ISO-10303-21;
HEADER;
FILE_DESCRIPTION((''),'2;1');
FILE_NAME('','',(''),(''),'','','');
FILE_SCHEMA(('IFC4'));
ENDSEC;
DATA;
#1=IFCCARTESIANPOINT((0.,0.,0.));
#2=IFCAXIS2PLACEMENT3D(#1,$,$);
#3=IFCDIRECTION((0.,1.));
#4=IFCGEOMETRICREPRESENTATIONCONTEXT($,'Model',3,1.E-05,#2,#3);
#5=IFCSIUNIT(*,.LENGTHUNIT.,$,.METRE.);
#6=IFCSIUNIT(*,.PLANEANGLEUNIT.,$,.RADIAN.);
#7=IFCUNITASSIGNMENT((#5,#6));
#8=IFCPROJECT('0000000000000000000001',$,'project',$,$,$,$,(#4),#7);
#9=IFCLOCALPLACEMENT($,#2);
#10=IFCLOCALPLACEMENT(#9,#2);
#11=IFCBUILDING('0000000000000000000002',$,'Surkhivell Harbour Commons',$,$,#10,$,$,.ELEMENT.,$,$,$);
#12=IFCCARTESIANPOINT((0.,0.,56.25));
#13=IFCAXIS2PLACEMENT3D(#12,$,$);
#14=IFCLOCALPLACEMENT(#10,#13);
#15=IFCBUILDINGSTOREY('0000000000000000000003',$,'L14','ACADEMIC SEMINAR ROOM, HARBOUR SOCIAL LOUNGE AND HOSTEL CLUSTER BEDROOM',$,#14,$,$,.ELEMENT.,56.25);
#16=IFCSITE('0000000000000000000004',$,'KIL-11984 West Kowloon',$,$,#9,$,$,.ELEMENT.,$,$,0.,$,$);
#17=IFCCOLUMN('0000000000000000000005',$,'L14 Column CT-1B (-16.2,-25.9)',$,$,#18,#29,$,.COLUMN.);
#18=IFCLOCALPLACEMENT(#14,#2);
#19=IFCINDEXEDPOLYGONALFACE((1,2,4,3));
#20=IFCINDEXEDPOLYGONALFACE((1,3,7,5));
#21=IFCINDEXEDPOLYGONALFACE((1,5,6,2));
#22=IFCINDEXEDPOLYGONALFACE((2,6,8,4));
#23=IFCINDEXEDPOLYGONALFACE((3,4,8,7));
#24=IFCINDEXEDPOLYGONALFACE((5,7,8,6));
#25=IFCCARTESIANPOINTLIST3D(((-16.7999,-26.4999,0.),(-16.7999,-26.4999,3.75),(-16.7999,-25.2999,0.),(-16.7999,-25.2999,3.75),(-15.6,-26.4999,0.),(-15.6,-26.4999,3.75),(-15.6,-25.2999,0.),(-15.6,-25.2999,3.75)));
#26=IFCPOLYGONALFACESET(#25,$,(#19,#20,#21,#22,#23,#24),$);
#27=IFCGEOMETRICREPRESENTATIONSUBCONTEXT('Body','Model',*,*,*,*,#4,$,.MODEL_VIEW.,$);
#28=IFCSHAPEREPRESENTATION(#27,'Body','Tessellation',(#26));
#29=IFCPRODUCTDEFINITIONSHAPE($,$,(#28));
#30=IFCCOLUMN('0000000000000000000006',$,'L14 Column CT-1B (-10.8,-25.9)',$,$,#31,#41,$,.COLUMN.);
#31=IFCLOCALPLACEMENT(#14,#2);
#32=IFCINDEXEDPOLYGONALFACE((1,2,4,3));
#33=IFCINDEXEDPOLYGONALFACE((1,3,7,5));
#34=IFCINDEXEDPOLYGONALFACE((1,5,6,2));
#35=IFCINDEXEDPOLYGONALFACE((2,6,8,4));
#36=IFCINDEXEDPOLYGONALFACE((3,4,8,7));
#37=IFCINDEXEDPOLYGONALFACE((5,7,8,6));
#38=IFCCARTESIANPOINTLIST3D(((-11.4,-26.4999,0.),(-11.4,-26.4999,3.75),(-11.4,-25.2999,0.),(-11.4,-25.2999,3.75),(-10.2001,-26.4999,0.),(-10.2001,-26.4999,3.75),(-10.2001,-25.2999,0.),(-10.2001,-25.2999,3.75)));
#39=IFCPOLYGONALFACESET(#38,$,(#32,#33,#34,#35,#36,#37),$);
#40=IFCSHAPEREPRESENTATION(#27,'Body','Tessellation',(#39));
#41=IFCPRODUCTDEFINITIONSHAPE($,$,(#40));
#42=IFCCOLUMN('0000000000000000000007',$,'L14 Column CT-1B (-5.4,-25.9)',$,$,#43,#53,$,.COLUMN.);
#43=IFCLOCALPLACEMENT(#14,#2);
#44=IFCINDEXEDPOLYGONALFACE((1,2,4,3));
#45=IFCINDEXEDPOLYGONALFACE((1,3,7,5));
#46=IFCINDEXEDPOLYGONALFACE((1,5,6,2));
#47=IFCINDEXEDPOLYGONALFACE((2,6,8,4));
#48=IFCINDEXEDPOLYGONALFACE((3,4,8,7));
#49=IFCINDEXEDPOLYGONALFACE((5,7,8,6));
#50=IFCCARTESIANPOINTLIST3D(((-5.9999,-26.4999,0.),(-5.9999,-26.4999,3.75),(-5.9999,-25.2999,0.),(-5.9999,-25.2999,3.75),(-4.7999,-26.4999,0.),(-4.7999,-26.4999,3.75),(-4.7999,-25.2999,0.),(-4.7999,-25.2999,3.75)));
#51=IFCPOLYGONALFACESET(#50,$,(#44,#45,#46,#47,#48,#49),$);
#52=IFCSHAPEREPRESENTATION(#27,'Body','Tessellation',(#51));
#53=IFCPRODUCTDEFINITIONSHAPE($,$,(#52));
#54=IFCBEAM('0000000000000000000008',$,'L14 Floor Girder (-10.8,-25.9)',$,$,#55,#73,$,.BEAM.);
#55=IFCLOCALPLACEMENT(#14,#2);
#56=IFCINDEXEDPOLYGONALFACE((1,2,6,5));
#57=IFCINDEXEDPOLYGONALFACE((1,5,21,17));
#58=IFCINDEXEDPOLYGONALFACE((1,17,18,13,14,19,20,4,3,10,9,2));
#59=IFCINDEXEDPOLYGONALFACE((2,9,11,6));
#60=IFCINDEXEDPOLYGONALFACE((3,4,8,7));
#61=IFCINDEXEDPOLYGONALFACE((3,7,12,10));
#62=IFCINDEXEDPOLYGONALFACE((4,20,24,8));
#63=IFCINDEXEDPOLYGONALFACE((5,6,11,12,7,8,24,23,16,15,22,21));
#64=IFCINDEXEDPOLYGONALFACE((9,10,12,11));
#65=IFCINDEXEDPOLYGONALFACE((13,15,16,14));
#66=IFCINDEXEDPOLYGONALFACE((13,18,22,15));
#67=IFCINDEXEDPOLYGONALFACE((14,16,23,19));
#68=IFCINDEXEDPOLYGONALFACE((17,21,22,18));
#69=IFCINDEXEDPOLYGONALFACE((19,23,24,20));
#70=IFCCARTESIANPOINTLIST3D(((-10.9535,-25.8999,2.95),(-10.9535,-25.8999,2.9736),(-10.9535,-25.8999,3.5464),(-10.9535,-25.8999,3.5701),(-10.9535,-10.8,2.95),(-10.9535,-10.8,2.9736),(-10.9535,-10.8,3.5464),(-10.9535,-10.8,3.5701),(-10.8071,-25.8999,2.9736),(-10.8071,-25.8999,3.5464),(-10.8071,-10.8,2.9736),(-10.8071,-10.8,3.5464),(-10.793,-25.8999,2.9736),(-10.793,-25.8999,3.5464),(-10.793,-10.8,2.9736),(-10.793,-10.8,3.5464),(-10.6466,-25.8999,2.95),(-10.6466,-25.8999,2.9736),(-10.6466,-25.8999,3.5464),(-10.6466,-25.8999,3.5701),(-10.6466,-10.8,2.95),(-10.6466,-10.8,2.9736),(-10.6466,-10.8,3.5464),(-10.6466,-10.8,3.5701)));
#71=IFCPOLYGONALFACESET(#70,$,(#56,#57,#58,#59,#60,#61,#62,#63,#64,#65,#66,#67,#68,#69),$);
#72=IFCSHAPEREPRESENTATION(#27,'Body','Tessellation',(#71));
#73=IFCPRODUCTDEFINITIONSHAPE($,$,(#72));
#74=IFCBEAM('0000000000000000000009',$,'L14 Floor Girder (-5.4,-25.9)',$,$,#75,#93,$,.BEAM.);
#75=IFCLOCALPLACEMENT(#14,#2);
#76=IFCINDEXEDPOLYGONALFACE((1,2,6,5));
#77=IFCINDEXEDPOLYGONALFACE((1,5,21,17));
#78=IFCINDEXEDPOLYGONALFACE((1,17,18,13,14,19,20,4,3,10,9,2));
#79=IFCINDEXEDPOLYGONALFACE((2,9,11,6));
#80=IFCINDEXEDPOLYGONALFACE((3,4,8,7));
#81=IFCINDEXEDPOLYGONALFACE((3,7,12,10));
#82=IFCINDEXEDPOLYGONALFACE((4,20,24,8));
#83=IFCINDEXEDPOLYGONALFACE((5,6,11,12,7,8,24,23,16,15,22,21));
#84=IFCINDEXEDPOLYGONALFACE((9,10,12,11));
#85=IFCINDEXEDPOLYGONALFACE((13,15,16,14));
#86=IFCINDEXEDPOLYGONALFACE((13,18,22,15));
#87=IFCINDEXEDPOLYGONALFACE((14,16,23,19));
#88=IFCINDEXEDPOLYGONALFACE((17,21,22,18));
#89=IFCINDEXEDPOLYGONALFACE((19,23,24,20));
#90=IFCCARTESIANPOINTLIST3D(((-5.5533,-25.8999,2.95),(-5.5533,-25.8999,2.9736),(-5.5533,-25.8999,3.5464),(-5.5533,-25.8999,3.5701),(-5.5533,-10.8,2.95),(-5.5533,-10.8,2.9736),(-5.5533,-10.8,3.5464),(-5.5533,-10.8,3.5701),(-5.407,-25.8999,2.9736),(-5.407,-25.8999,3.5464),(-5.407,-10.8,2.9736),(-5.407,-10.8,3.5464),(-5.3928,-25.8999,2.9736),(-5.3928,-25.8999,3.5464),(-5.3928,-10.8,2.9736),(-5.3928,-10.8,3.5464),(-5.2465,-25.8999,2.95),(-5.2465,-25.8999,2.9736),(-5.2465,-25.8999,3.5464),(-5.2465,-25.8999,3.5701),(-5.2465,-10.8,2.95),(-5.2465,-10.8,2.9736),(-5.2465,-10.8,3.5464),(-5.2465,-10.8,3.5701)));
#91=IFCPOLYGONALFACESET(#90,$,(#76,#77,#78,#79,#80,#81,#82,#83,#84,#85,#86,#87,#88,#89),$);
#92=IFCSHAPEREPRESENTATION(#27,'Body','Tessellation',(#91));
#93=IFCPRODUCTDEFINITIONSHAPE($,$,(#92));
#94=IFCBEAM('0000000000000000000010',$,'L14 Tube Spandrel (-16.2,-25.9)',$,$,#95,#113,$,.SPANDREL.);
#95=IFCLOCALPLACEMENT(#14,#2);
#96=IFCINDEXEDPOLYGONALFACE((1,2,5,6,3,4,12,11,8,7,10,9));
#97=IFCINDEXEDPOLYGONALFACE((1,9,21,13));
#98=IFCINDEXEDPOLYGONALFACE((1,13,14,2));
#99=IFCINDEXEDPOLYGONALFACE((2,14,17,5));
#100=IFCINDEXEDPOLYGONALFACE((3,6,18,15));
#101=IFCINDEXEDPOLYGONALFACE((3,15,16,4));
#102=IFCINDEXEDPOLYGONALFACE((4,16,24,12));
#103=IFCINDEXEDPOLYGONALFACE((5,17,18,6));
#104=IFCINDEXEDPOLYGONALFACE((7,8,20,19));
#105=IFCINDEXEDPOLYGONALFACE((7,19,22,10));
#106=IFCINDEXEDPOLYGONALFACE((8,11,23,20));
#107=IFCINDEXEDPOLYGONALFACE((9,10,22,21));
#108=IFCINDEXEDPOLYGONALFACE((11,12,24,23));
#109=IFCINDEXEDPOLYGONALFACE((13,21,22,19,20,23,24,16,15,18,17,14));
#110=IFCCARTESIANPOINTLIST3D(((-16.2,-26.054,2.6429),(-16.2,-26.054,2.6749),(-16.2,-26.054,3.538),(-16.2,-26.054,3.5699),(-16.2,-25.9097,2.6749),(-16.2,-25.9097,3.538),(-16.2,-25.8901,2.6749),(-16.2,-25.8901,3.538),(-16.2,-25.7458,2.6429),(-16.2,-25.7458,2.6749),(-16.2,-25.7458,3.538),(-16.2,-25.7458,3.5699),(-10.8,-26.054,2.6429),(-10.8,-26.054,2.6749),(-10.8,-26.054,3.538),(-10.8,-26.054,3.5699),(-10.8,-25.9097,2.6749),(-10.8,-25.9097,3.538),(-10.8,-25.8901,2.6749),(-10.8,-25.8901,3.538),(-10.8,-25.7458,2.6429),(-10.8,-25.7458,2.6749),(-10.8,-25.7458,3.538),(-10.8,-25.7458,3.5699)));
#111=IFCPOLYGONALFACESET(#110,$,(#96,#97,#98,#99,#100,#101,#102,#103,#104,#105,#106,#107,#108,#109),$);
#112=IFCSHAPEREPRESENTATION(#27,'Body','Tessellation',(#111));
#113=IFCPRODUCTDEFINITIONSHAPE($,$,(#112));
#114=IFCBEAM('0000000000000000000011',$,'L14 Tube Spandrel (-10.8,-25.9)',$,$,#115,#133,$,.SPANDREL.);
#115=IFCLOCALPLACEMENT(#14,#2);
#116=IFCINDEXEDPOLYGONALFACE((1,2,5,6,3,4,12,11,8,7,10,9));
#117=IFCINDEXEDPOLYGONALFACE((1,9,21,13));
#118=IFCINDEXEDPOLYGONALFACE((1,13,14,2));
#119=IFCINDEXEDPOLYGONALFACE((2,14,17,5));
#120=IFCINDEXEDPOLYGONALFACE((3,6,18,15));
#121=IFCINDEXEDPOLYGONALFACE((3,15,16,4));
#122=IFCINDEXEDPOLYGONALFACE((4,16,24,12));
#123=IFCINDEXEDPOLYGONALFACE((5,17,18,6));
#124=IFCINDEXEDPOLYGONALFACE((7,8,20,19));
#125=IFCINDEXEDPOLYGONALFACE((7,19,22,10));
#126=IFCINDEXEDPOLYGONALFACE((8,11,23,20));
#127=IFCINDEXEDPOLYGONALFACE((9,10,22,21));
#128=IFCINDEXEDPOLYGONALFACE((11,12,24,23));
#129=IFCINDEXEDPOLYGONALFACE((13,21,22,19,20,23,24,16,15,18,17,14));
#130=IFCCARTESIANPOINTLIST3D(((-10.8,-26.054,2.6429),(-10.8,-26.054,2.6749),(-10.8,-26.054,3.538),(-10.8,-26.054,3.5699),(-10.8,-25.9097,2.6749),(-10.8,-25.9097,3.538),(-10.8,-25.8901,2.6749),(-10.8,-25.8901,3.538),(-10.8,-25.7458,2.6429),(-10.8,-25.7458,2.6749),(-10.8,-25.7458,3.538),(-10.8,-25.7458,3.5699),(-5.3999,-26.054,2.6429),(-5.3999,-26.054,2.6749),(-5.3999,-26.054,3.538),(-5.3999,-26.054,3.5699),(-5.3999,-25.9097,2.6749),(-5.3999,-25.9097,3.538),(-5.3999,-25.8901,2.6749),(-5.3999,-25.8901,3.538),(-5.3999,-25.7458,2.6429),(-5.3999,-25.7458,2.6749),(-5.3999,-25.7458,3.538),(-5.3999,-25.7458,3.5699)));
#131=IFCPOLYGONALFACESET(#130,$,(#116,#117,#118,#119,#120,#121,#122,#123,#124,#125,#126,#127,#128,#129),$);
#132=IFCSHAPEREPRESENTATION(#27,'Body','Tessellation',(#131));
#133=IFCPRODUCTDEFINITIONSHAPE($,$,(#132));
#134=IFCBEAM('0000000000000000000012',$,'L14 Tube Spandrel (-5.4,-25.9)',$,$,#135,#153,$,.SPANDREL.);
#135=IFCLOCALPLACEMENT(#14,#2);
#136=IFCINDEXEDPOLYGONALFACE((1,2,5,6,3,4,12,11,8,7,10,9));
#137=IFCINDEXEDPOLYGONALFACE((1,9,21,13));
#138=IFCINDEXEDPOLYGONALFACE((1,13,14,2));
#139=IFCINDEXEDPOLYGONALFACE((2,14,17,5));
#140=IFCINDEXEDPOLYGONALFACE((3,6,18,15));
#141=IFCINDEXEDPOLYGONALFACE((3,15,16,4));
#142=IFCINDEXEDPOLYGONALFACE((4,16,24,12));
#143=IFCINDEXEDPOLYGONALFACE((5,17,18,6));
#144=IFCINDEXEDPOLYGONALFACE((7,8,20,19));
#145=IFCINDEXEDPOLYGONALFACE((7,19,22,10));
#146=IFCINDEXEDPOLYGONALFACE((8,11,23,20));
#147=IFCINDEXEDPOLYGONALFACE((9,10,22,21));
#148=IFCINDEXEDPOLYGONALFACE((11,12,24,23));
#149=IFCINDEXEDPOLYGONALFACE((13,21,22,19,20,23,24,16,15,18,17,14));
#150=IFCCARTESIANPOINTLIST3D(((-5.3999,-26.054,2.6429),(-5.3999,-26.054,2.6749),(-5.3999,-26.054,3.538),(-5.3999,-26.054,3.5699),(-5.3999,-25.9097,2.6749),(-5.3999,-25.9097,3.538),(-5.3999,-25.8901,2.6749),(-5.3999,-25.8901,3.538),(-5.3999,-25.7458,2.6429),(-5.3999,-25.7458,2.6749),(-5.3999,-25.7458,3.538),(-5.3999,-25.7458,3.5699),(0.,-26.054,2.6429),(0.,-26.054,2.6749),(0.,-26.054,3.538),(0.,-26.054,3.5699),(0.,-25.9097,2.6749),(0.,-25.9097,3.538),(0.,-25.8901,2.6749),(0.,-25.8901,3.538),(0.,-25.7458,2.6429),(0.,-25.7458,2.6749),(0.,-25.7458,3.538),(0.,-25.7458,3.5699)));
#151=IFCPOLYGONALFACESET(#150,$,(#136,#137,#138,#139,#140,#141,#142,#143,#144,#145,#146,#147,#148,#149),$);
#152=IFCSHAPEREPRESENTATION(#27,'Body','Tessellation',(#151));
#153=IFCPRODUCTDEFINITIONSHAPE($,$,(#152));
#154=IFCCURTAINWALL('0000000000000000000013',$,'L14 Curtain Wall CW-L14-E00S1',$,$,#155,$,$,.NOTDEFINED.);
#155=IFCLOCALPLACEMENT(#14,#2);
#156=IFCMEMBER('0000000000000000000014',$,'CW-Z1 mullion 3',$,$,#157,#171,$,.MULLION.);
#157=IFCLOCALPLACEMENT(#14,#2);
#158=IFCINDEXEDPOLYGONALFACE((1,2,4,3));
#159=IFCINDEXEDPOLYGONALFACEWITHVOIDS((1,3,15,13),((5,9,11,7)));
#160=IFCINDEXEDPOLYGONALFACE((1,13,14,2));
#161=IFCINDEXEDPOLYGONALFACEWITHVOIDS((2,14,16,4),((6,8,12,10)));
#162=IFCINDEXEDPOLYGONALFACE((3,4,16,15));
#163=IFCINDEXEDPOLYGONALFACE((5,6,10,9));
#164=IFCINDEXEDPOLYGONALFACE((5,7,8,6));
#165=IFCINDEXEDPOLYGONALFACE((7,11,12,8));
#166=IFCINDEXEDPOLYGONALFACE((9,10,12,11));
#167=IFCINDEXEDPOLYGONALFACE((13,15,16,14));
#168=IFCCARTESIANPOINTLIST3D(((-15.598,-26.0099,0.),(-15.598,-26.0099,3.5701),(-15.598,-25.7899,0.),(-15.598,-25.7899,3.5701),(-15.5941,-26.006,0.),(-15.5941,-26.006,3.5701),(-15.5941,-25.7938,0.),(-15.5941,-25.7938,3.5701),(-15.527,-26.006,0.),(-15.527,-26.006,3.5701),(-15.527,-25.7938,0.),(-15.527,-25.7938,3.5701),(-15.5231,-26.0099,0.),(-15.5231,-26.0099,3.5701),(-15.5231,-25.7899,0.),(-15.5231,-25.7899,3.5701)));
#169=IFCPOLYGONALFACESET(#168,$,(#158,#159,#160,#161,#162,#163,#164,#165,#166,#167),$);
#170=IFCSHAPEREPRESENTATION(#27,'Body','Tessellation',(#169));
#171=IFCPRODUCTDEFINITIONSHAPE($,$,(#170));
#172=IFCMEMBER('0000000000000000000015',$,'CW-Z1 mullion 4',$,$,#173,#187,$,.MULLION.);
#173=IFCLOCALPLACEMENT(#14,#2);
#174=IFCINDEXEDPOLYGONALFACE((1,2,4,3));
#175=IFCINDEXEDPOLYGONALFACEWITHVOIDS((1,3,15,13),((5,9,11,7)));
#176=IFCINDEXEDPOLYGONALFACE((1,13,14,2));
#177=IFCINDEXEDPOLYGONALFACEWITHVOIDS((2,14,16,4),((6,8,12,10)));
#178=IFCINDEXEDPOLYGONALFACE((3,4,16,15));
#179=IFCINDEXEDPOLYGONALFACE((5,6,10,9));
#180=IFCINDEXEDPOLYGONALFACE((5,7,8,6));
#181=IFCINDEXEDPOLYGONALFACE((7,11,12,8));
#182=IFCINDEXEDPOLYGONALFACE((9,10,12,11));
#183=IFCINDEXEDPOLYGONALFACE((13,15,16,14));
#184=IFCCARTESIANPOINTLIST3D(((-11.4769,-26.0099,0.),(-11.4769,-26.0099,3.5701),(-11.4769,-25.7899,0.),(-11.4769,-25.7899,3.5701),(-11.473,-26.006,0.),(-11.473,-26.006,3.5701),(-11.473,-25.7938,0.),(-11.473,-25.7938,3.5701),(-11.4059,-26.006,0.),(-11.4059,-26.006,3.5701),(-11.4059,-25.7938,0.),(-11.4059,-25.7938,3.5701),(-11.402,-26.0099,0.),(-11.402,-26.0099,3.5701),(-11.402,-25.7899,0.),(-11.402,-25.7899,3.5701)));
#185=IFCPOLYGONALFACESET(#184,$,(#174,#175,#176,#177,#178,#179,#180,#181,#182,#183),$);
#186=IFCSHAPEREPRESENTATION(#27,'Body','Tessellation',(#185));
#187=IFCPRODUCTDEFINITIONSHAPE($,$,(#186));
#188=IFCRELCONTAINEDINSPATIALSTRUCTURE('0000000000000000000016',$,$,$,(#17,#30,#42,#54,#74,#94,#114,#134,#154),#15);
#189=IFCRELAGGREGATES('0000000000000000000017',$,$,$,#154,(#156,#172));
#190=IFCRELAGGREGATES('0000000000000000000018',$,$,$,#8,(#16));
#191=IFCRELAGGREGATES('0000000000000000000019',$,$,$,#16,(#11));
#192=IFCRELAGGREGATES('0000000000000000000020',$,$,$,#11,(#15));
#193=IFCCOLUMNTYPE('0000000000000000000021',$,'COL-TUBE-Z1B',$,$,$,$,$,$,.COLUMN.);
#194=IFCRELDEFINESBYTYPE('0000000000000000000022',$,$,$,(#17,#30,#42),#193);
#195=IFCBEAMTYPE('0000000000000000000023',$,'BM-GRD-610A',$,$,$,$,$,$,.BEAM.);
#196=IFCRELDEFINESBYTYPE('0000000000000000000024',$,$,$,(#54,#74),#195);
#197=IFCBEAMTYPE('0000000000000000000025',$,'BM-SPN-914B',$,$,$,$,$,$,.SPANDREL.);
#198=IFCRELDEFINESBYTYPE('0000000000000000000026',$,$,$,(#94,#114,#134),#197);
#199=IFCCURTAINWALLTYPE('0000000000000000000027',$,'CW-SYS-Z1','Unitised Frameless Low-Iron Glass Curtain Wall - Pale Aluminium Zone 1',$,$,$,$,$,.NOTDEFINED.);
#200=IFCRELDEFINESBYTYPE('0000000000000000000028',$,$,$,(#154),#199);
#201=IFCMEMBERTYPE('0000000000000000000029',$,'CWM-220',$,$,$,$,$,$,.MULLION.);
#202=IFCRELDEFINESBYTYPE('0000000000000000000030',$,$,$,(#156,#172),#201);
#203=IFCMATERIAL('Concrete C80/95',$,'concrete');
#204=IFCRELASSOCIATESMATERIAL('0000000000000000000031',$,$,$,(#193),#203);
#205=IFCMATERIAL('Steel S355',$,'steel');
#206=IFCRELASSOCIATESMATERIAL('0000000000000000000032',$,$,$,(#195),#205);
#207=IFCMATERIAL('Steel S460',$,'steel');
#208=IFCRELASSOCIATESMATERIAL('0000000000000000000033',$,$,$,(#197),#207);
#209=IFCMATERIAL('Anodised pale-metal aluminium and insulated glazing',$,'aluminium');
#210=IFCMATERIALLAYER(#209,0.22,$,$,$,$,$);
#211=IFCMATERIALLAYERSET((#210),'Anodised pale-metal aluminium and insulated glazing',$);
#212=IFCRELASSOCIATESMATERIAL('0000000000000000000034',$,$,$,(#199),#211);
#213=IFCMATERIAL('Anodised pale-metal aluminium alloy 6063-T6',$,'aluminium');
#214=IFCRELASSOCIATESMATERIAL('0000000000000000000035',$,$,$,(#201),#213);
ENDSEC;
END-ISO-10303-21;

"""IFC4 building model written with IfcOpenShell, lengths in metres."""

from ifc_helpers import new_model, si_unit, direction, frame, origin, origin_2d, place, context, subcontext, project, spatial, rectangle, hollow_rectangle, i_section, extrude, material, layer, layer_set, material_profile, profile_set, type_object, element, aggregate, save


model = new_model("IFC4")

# Units and contexts
model_context = context("Model", 3, precision=1e-05, world=origin(), true_north=direction((0.0, 1.0)))
body_context = subcontext(model_context, "Body", "Model", "MODEL_VIEW")
ifc_project = project(units=[si_unit("LENGTHUNIT", "METRE"), si_unit("PLANEANGLEUNIT", "RADIAN")], contexts=[model_context])

# Site, building, storey
site_placement = place(None, origin())
site = spatial("IfcSite", under=ifc_project, at=site_placement, Name="KIL-11984 West Kowloon", CompositionType="ELEMENT", RefElevation=0.0)
building_placement = place(site_placement, origin())
building = spatial("IfcBuilding", under=site, at=building_placement, Name="Surkhivell Harbour Commons", CompositionType="ELEMENT")
storey_placement = place(building_placement, frame((0.0, 0.0, 56.25)))
storey = spatial("IfcBuildingStorey", under=building, at=storey_placement, Name="L14", Description="ACADEMIC SEMINAR ROOM, HARBOUR SOCIAL LOUNGE AND HOSTEL CLUSTER BEDROOM", CompositionType="ELEMENT", Elevation=56.25)

# Columns
ifc_material_1 = material(Name="Concrete C80/95", Category="concrete")
ifc_material_profile_1 = material_profile(ifc_material_1, rectangle(XDim=1.2, YDim=1.2, at=origin_2d()), Name="RC-COL-1200x1200")
ifc_profile_set_1 = profile_set([ifc_material_profile_1], Name="Concrete C80/95")
column_type = type_object("IfcColumnType", Name="COL-TUBE-Z1B", PredefinedType="COLUMN", material=ifc_profile_set_1)
for number, where, z_axis, x_axis, name in (
    (1, (-16.2, -25.8999, 0.0), (0.0, 0.0, 1.0), (1.0, 0.0, 0.0), "L14 Column CT-1B (-16.2,-25.9)"),
    (2, (-10.8, -25.8999, 0.0), (0.0, 0.0, 1.0), (1.0, 0.0, 0.0), "L14 Column CT-1B (-10.8,-25.9)"),
    (3, (-5.3999, -25.8999, 0.0), (0.0, 0.0, 1.0), (1.0, 0.0, 0.0), "L14 Column CT-1B (-5.4,-25.9)"),
):
    element("IfcColumn", number, at=place(storey_placement, frame(where, z_axis=z_axis, x_axis=x_axis)), inside=storey, type_object=column_type, Name=name, PredefinedType="COLUMN", context=body_context, shape_type="SweptSolid", body=[
        extrude(rectangle(XDim=1.2, YDim=1.2, at=origin_2d()), origin(), (0.0, 0.0, 1.0), 3.75),
    ])

# Beams
ifc_material_2 = material(Name="Steel S355", Category="steel")
ifc_material_profile_2 = material_profile(ifc_material_2, i_section(OverallWidth=0.3069, OverallDepth=0.6201, WebThickness=0.0142, FlangeThickness=0.0237, at=origin_2d()), Name="UB610x305x179")
ifc_profile_set_2 = profile_set([ifc_material_profile_2], Name="Steel S355")
beam_type_1 = type_object("IfcBeamType", Name="BM-GRD-610A", PredefinedType="BEAM", material=ifc_profile_set_2)
for number, where, z_axis, x_axis, name in (
    (4, (-10.8, -25.8999, 3.26), (0.0, 1.0, 0.0), (-1.0, 0.0, 0.0), "L14 Floor Girder (-10.8,-25.9)"),
    (5, (-5.3999, -25.8999, 3.26), (0.0, 1.0, 0.0), (-1.0, 0.0, 0.0), "L14 Floor Girder (-5.4,-25.9)"),
):
    element("IfcBeam", number, at=place(storey_placement, frame(where, z_axis=z_axis, x_axis=x_axis)), inside=storey, type_object=beam_type_1, Name=name, PredefinedType="BEAM", context=body_context, shape_type="SweptSolid", body=[
        extrude(i_section(OverallWidth=0.3069, OverallDepth=0.6201, WebThickness=0.0142, FlangeThickness=0.0237, at=origin_2d()), origin(), (0.0, 0.0, 1.0), 15.0999),
    ])
ifc_material_3 = material(Name="Steel S460", Category="steel")
ifc_material_profile_3 = material_profile(ifc_material_3, i_section(OverallWidth=0.3081, OverallDepth=0.927, WebThickness=0.0195, FlangeThickness=0.032, at=origin_2d()), Name="UB914x305x289")
ifc_profile_set_3 = profile_set([ifc_material_profile_3], Name="Steel S460")
beam_type_2 = type_object("IfcBeamType", Name="BM-SPN-914B", PredefinedType="SPANDREL", material=ifc_profile_set_3)
beam_1_placement = place(storey_placement, frame((-16.2, -25.8999, 3.1064), z_axis=(1.0, 0.0, 0.0), x_axis=(0.0, 1.0, 0.0)))
element("IfcBeam", 6, at=beam_1_placement, inside=storey, type_object=beam_type_2, Name="L14 Tube Spandrel (-16.2,-25.9)", PredefinedType="SPANDREL", context=body_context, shape_type="SweptSolid", body=[
    extrude(i_section(OverallWidth=0.3081, OverallDepth=0.927, WebThickness=0.0195, FlangeThickness=0.032, at=origin_2d()), origin(), (0.0, 0.0, 1.0), 5.3999),
])
beam_2_placement = place(storey_placement, frame((-10.8, -25.8999, 3.1064), z_axis=(1.0, 0.0, 0.0), x_axis=(0.0, 1.0, 0.0)))
element("IfcBeam", 7, at=beam_2_placement, inside=storey, type_object=beam_type_2, Name="L14 Tube Spandrel (-10.8,-25.9)", PredefinedType="SPANDREL", context=body_context, shape_type="SweptSolid", body=[
    extrude(i_section(OverallWidth=0.3081, OverallDepth=0.927, WebThickness=0.0195, FlangeThickness=0.032, at=origin_2d()), origin(), (0.0, 0.0, 1.0), 5.4001),
])
beam_3_placement = place(storey_placement, frame((-5.3999, -25.8999, 3.1064), z_axis=(1.0, 0.0, 0.0), x_axis=(0.0, 1.0, 0.0)))
element("IfcBeam", 8, at=beam_3_placement, inside=storey, type_object=beam_type_2, Name="L14 Tube Spandrel (-5.4,-25.9)", PredefinedType="SPANDREL", context=body_context, shape_type="SweptSolid", body=[
    extrude(i_section(OverallWidth=0.3081, OverallDepth=0.927, WebThickness=0.0195, FlangeThickness=0.032, at=origin_2d()), origin(), (0.0, 0.0, 1.0), 5.3999),
])

# Curtain wall, members
ifc_material_4 = material(Name="Anodised pale-metal aluminium and insulated glazing", Category="aluminium")
ifc_layer_1 = layer(ifc_material_4, 0.22)
ifc_layer_set_1 = layer_set([ifc_layer_1], Name="Anodised pale-metal aluminium and insulated glazing")
curtain_wall_type = type_object("IfcCurtainWallType", Name="CW-SYS-Z1", Description="Unitised Frameless Low-Iron Glass Curtain Wall - Pale Aluminium Zone 1", PredefinedType="NOTDEFINED", material=ifc_layer_set_1)
curtain_wall_1_placement = place(storey_placement, origin())
curtain_wall_1 = element("IfcCurtainWall", 9, at=curtain_wall_1_placement, inside=storey, type_object=curtain_wall_type, Name="L14 Curtain Wall CW-L14-E00S1", PredefinedType="NOTDEFINED")
ifc_material_5 = material(Name="Anodised pale-metal aluminium alloy 6063-T6", Category="aluminium")
ifc_material_profile_4 = material_profile(ifc_material_5, hollow_rectangle(XDim=0.075, YDim=0.22, WallThickness=0.0039, at=origin_2d()), Name="ALU-MULL-75x220")
ifc_profile_set_4 = profile_set([ifc_material_profile_4], Name="Anodised pale-metal aluminium alloy 6063-T6")
member_type_1 = type_object("IfcMemberType", Name="CWM-220", PredefinedType="MULLION", material=ifc_profile_set_4)
member_1_placement = place(storey_placement, frame((-15.5605, -25.8999, 0.0), z_axis=(0.0, 0.0, 1.0), x_axis=(1.0, 0.0, 0.0)))
member_1 = element("IfcMember", 10, at=member_1_placement, type_object=member_type_1, Name="CW-Z1 mullion 3", PredefinedType="MULLION", context=body_context, shape_type="SweptSolid", body=[
    extrude(hollow_rectangle(XDim=0.075, YDim=0.22, WallThickness=0.0039, at=origin_2d()), origin(), (0.0, 0.0, 1.0), 3.5701),
])
member_2_placement = place(storey_placement, frame((-11.4395, -25.8999, 0.0), z_axis=(0.0, 0.0, 1.0), x_axis=(1.0, 0.0, 0.0)))
member_2 = element("IfcMember", 11, at=member_2_placement, type_object=member_type_1, Name="CW-Z1 mullion 4", PredefinedType="MULLION", context=body_context, shape_type="SweptSolid", body=[
    extrude(hollow_rectangle(XDim=0.075, YDim=0.22, WallThickness=0.0039, at=origin_2d()), origin(), (0.0, 0.0, 1.0), 3.5701),
])

aggregate(curtain_wall_1, [member_1, member_2])

save(model, "model.ifc")
